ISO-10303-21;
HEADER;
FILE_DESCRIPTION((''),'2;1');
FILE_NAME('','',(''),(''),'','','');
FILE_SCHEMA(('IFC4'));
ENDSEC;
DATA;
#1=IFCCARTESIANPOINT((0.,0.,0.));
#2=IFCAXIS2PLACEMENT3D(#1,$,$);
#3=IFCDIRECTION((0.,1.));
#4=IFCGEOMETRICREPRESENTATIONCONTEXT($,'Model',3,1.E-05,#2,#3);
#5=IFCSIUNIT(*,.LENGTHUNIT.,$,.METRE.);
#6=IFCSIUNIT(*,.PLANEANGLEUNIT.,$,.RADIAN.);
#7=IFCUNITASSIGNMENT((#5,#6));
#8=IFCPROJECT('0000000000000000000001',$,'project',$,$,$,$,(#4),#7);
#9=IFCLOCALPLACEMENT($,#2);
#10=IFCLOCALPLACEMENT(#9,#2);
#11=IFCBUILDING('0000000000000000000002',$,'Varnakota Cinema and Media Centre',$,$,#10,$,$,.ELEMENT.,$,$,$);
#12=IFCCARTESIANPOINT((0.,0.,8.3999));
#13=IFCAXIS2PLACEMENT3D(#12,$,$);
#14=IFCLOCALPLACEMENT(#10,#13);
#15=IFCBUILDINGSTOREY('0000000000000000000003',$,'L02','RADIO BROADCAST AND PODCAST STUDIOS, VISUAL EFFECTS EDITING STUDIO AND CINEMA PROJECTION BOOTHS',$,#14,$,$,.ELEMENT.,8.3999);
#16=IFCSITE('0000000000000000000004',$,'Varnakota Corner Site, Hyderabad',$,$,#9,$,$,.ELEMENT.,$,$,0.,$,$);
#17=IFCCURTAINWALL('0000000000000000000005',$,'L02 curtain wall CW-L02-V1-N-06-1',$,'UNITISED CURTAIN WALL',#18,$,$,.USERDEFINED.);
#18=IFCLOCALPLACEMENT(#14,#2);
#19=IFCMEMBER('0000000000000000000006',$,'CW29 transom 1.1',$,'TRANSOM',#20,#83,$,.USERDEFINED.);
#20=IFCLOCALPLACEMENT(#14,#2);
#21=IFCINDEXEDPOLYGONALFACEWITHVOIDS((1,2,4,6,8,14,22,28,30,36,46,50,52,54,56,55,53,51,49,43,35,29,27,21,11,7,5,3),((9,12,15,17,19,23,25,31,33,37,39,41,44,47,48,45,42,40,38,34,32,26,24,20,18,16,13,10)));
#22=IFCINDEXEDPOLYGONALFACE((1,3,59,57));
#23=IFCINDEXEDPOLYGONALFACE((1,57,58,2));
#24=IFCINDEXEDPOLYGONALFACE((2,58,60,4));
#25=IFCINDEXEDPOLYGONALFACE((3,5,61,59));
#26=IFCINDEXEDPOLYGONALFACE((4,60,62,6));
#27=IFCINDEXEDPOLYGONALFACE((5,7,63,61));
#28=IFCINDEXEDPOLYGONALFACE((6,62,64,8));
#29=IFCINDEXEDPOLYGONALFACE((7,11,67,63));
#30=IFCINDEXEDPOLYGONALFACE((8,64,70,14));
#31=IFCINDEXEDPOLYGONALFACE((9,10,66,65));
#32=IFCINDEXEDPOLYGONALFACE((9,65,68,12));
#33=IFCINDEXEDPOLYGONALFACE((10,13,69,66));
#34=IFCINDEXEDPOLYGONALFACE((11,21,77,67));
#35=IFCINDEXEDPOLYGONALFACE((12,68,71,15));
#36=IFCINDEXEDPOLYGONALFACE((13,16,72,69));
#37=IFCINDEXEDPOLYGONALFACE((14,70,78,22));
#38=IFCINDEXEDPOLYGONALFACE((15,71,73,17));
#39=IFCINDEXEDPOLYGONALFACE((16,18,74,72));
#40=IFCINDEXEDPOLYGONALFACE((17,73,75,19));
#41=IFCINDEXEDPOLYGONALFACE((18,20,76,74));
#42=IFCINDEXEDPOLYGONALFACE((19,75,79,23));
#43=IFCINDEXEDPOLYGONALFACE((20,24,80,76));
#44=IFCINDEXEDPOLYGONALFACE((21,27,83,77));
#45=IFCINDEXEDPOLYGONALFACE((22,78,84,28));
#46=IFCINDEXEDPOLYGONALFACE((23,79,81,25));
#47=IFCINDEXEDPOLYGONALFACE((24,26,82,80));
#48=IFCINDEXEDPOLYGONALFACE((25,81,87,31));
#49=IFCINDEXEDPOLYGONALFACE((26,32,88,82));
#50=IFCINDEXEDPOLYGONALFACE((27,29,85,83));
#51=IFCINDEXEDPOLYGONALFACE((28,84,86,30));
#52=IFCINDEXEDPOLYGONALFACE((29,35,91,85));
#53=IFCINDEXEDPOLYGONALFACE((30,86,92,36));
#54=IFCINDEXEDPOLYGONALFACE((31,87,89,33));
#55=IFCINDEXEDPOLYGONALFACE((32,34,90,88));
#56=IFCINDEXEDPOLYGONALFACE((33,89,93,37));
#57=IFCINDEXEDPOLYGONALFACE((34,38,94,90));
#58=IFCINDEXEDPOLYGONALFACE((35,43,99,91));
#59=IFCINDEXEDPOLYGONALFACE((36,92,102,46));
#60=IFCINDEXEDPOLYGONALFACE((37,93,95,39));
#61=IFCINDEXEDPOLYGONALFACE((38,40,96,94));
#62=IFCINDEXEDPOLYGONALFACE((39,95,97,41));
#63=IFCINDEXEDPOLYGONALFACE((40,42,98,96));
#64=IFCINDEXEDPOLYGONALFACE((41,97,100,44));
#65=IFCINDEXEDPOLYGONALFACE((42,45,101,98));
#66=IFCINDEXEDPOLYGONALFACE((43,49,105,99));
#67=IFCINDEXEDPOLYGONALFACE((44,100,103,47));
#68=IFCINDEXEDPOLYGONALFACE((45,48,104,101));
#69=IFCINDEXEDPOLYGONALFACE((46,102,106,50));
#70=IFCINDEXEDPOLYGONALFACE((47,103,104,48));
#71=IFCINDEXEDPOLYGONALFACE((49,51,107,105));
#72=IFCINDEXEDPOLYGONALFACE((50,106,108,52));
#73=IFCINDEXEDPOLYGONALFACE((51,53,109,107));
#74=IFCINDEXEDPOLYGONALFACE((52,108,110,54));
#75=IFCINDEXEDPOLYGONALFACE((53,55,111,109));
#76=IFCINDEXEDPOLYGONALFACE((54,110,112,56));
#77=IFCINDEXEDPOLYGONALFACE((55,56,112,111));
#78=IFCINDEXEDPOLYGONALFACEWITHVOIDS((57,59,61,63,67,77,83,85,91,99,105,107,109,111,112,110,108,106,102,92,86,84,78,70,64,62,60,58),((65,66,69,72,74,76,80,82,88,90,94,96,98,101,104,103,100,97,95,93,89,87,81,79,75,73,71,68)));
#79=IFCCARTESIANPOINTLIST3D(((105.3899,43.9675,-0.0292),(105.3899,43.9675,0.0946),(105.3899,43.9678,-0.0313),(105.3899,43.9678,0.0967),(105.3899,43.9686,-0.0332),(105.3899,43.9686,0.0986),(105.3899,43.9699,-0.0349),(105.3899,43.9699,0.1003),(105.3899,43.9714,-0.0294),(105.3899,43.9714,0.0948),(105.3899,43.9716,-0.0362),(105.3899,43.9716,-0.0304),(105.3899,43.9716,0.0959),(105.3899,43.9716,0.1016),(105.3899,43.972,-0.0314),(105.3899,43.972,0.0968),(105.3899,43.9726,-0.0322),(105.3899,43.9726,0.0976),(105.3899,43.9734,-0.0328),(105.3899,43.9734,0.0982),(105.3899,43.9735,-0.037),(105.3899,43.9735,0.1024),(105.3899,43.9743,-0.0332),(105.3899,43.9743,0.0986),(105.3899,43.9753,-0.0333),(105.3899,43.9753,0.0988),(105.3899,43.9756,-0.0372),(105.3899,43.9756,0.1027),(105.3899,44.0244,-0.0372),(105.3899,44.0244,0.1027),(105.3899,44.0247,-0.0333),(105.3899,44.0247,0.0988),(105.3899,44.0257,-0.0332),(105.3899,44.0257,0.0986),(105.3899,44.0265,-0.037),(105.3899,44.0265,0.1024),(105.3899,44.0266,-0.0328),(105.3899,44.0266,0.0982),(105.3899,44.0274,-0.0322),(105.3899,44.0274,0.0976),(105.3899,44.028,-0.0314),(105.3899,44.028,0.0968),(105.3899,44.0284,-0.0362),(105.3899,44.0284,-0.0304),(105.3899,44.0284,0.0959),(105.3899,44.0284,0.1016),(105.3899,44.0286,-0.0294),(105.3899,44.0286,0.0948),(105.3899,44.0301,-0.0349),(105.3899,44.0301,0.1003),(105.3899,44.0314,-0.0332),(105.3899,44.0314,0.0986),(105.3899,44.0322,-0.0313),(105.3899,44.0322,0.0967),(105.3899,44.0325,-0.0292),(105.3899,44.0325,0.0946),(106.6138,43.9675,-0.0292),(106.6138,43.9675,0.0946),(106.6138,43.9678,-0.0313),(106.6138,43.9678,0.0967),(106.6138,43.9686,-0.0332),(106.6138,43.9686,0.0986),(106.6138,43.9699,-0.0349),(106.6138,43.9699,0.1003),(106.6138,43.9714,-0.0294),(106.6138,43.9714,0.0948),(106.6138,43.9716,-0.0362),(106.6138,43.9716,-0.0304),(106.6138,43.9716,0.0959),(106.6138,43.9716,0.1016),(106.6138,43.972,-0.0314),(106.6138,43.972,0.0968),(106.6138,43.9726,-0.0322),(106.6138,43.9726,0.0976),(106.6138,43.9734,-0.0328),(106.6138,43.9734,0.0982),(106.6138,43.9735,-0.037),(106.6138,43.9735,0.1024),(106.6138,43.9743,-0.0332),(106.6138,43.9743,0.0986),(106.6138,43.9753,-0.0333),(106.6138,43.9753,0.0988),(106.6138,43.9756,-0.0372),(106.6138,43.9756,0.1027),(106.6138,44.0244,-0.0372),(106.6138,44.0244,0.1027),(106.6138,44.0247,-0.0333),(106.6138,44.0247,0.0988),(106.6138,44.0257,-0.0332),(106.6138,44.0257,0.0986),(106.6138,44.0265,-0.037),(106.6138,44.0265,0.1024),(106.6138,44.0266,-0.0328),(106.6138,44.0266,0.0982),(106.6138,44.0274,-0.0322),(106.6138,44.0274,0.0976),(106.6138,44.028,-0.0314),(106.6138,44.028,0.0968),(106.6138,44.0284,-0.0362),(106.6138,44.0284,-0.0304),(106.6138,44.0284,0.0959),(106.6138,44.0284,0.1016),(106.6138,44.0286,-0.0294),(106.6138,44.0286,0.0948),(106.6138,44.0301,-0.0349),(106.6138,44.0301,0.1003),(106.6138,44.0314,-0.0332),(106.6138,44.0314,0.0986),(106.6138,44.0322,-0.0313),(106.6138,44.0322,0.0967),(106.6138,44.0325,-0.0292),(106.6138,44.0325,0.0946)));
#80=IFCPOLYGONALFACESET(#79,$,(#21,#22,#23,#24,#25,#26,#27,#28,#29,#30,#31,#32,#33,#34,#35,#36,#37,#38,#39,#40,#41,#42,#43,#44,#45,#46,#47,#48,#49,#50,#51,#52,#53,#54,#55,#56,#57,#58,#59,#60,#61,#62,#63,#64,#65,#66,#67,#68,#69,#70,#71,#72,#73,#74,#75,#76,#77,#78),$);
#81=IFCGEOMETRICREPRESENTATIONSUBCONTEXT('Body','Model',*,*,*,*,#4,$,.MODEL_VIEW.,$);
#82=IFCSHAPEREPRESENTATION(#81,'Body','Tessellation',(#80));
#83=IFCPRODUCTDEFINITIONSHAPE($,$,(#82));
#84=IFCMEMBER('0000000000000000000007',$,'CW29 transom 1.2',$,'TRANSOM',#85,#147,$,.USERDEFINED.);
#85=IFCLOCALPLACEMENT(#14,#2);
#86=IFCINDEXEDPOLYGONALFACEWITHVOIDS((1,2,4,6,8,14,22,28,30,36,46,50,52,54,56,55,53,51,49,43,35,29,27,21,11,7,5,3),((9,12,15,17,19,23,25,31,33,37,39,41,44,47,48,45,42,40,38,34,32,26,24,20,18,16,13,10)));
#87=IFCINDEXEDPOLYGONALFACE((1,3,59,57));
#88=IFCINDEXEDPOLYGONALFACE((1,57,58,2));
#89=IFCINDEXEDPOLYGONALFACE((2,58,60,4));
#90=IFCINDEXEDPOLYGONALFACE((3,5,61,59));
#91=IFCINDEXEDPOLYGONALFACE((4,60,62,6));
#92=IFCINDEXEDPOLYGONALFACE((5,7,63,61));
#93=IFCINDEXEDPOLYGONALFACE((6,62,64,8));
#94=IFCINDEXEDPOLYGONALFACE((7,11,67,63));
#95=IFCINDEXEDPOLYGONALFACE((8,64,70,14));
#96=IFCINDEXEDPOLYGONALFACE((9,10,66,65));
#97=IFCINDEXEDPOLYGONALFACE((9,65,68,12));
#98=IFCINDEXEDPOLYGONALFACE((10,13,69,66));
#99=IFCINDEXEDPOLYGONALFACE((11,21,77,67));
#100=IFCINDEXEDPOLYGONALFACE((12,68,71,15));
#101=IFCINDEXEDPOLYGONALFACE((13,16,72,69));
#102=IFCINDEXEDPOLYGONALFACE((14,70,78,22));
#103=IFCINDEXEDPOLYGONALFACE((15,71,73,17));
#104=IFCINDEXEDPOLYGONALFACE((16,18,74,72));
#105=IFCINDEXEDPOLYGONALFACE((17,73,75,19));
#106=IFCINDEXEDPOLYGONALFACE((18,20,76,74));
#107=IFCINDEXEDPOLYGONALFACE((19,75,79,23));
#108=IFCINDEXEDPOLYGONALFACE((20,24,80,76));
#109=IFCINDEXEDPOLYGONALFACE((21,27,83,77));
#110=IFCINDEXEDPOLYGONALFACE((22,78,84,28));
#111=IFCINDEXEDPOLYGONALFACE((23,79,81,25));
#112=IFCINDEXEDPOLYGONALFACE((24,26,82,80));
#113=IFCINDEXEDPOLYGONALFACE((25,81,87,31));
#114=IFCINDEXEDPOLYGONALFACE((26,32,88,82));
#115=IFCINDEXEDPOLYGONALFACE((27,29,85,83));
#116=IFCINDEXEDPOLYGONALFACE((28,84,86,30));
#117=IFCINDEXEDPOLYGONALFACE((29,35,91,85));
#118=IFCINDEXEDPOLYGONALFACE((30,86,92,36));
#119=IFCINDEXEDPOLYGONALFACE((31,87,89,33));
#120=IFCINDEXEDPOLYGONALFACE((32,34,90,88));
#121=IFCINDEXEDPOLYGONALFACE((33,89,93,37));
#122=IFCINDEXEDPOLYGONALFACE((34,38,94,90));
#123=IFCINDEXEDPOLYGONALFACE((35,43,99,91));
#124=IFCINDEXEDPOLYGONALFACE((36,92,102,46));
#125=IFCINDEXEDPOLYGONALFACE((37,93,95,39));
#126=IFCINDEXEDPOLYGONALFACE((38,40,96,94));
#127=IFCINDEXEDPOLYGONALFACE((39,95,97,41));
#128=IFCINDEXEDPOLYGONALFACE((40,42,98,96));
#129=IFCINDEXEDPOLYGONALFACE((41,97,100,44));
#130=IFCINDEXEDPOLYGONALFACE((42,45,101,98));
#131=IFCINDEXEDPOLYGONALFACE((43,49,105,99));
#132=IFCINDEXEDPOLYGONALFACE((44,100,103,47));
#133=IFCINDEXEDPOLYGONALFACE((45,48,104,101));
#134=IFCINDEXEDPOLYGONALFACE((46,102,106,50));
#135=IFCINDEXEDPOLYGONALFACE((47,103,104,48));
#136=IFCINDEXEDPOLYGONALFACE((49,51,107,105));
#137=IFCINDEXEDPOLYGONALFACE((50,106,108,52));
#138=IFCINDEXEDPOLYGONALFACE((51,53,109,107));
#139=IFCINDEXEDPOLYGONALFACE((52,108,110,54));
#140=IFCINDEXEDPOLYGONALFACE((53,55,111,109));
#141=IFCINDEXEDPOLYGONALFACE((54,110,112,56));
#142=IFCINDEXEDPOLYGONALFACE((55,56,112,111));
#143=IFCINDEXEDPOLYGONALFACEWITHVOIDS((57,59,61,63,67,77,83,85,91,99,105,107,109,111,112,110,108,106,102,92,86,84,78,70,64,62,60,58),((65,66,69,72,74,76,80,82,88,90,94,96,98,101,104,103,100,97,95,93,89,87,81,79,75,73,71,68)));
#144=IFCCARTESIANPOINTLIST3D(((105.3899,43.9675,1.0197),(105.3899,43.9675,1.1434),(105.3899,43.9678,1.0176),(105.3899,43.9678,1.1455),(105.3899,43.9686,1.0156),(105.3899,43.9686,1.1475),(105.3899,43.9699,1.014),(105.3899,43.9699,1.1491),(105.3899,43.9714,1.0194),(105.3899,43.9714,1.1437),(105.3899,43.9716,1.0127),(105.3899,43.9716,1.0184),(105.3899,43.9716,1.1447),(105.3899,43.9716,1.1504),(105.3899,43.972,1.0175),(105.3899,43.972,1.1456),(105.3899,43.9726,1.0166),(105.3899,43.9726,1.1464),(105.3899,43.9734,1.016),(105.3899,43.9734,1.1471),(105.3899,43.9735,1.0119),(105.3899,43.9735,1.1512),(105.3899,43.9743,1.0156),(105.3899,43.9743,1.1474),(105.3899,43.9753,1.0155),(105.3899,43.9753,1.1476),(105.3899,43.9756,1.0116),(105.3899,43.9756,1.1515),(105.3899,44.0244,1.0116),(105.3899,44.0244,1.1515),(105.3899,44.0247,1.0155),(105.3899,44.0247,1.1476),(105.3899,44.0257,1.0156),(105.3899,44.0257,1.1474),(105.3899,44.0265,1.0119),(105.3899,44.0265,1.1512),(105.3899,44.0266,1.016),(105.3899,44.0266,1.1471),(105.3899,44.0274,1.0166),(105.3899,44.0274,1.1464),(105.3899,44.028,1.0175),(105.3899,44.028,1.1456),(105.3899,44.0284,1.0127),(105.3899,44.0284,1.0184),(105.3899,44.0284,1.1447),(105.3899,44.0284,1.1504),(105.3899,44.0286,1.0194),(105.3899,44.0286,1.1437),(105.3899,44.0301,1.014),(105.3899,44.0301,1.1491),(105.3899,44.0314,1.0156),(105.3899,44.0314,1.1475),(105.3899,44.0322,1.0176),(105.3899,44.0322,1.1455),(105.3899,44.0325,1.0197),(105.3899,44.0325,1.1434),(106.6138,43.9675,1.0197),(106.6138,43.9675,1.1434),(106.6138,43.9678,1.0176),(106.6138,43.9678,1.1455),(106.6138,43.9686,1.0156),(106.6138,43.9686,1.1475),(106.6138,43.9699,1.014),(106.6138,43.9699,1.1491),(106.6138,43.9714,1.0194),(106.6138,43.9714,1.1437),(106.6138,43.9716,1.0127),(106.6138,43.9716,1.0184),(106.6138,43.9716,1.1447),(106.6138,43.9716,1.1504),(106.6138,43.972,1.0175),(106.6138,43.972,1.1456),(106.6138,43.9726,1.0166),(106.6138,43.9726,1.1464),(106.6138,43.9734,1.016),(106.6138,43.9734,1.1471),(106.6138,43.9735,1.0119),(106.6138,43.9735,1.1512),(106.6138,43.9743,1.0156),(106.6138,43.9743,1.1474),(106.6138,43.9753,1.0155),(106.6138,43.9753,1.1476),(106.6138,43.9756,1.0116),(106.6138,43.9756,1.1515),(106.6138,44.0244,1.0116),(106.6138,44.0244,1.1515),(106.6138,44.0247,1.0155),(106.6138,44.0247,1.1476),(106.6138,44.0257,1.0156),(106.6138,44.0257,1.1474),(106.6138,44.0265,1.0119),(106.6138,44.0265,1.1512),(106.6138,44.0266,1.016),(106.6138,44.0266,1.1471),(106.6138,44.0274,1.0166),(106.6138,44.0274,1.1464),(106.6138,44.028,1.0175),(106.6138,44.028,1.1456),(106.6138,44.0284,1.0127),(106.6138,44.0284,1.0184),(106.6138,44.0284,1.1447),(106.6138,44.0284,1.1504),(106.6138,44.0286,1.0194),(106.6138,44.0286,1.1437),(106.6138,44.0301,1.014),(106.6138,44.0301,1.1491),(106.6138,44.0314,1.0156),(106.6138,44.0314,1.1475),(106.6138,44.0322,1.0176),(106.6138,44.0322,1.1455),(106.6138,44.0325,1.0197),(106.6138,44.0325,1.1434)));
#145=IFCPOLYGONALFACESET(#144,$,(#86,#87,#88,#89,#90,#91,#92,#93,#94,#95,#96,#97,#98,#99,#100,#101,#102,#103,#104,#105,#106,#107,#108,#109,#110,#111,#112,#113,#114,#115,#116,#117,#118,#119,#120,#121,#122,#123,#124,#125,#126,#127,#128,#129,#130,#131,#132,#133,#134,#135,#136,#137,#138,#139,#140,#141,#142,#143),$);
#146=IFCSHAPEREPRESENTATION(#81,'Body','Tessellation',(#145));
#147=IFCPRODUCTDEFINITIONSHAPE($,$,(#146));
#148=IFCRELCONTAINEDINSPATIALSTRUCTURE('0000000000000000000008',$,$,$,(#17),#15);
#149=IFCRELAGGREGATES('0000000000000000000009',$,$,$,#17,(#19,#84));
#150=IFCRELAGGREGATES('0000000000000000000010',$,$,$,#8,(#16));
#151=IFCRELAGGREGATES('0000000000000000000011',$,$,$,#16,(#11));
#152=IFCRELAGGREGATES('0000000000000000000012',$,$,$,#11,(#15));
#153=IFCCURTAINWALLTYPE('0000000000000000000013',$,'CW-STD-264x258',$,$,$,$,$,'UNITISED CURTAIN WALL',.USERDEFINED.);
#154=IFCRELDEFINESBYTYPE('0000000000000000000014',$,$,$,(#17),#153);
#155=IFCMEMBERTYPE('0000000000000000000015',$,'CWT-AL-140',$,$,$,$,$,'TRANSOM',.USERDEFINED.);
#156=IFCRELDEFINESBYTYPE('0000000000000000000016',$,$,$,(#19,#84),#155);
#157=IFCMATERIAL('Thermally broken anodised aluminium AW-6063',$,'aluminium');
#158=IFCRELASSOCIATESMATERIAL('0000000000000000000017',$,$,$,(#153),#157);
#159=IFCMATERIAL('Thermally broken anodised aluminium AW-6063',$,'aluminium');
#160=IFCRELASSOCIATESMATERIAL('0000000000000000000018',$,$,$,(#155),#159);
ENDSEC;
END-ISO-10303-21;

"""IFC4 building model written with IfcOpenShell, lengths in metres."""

from ifc_helpers import new_model, si_unit, direction, frame, origin, origin_2d, place, context, subcontext, project, spatial, hollow_rectangle, extrude, material, material_profile, profile_set, type_object, element, aggregate, save


model = new_model("IFC4")

# Units and contexts
model_context = context("Model", 3, precision=1e-05, world=origin(), true_north=direction((0.0, 1.0)))
body_context = subcontext(model_context, "Body", "Model", "MODEL_VIEW")
ifc_project = project(units=[si_unit("LENGTHUNIT", "METRE"), si_unit("PLANEANGLEUNIT", "RADIAN")], contexts=[model_context])

# Site, building, storey
site_placement = place(None, origin())
site = spatial("IfcSite", under=ifc_project, at=site_placement, Name="Varnakota Corner Site, Hyderabad", CompositionType="ELEMENT", RefElevation=0.0)
building_placement = place(site_placement, origin())
building = spatial("IfcBuilding", under=site, at=building_placement, Name="Varnakota Cinema and Media Centre", CompositionType="ELEMENT")
storey_placement = place(building_placement, frame((0.0, 0.0, 8.3999)))
storey = spatial("IfcBuildingStorey", under=building, at=storey_placement, Name="L02", Description="RADIO BROADCAST AND PODCAST STUDIOS, VISUAL EFFECTS EDITING STUDIO AND CINEMA PROJECTION BOOTHS", CompositionType="ELEMENT", Elevation=8.3999)

# Curtain wall
ifc_material_1 = material(Name="Thermally broken anodised aluminium AW-6063", Category="aluminium")
curtain_wall_type = type_object("IfcCurtainWallType", Name="CW-STD-264x258", ElementType="UNITISED CURTAIN WALL", PredefinedType="USERDEFINED", material=ifc_material_1)
curtain_wall_1_placement = place(storey_placement, origin())
curtain_wall_1 = element("IfcCurtainWall", 1, at=curtain_wall_1_placement, inside=storey, type_object=curtain_wall_type, Name="L02 curtain wall CW-L02-V1-N-06-1", ObjectType="UNITISED CURTAIN WALL", PredefinedType="USERDEFINED")

# Members
ifc_material_2 = material(Name="Thermally broken anodised aluminium AW-6063", Category="aluminium")
ifc_material_profile_1 = material_profile(ifc_material_2, hollow_rectangle(XDim=0.0649, YDim=0.1399, WallThickness=0.0039, InnerFilletRadius=0.0039, OuterFilletRadius=0.0081, at=origin_2d()), Name="AL-TRANSOM 140x65x4")
ifc_profile_set_1 = profile_set([ifc_material_profile_1], Name="Thermally broken anodised aluminium AW-6063")
member_type_1 = type_object("IfcMemberType", Name="CWT-AL-140", ElementType="TRANSOM", PredefinedType="USERDEFINED", material=ifc_profile_set_1)
member_1_placement = place(storey_placement, frame((105.3899, 44.0, 0.0327), z_axis=(1.0, 0.0, 0.0), x_axis=(0.0, 1.0, 0.0)))
member_1 = element("IfcMember", 2, at=member_1_placement, type_object=member_type_1, Name="CW29 transom 1.1", ObjectType="TRANSOM", PredefinedType="USERDEFINED", context=body_context, shape_type="SweptSolid", body=[
    extrude(hollow_rectangle(XDim=0.0649, YDim=0.1399, WallThickness=0.0039, InnerFilletRadius=0.0039, OuterFilletRadius=0.0081, at=origin_2d()), origin(), (0.0, 0.0, 1.0), 1.2239),
])
member_2_placement = place(storey_placement, frame((105.3899, 44.0, 1.0815), z_axis=(1.0, 0.0, 0.0), x_axis=(0.0, 1.0, 0.0)))
member_2 = element("IfcMember", 3, at=member_2_placement, type_object=member_type_1, Name="CW29 transom 1.2", ObjectType="TRANSOM", PredefinedType="USERDEFINED", context=body_context, shape_type="SweptSolid", body=[
    extrude(hollow_rectangle(XDim=0.0649, YDim=0.1399, WallThickness=0.0039, InnerFilletRadius=0.0039, OuterFilletRadius=0.0081, at=origin_2d()), origin(), (0.0, 0.0, 1.0), 1.2239),
])

aggregate(curtain_wall_1, [member_1, member_2])

save(model, "model.ifc")
